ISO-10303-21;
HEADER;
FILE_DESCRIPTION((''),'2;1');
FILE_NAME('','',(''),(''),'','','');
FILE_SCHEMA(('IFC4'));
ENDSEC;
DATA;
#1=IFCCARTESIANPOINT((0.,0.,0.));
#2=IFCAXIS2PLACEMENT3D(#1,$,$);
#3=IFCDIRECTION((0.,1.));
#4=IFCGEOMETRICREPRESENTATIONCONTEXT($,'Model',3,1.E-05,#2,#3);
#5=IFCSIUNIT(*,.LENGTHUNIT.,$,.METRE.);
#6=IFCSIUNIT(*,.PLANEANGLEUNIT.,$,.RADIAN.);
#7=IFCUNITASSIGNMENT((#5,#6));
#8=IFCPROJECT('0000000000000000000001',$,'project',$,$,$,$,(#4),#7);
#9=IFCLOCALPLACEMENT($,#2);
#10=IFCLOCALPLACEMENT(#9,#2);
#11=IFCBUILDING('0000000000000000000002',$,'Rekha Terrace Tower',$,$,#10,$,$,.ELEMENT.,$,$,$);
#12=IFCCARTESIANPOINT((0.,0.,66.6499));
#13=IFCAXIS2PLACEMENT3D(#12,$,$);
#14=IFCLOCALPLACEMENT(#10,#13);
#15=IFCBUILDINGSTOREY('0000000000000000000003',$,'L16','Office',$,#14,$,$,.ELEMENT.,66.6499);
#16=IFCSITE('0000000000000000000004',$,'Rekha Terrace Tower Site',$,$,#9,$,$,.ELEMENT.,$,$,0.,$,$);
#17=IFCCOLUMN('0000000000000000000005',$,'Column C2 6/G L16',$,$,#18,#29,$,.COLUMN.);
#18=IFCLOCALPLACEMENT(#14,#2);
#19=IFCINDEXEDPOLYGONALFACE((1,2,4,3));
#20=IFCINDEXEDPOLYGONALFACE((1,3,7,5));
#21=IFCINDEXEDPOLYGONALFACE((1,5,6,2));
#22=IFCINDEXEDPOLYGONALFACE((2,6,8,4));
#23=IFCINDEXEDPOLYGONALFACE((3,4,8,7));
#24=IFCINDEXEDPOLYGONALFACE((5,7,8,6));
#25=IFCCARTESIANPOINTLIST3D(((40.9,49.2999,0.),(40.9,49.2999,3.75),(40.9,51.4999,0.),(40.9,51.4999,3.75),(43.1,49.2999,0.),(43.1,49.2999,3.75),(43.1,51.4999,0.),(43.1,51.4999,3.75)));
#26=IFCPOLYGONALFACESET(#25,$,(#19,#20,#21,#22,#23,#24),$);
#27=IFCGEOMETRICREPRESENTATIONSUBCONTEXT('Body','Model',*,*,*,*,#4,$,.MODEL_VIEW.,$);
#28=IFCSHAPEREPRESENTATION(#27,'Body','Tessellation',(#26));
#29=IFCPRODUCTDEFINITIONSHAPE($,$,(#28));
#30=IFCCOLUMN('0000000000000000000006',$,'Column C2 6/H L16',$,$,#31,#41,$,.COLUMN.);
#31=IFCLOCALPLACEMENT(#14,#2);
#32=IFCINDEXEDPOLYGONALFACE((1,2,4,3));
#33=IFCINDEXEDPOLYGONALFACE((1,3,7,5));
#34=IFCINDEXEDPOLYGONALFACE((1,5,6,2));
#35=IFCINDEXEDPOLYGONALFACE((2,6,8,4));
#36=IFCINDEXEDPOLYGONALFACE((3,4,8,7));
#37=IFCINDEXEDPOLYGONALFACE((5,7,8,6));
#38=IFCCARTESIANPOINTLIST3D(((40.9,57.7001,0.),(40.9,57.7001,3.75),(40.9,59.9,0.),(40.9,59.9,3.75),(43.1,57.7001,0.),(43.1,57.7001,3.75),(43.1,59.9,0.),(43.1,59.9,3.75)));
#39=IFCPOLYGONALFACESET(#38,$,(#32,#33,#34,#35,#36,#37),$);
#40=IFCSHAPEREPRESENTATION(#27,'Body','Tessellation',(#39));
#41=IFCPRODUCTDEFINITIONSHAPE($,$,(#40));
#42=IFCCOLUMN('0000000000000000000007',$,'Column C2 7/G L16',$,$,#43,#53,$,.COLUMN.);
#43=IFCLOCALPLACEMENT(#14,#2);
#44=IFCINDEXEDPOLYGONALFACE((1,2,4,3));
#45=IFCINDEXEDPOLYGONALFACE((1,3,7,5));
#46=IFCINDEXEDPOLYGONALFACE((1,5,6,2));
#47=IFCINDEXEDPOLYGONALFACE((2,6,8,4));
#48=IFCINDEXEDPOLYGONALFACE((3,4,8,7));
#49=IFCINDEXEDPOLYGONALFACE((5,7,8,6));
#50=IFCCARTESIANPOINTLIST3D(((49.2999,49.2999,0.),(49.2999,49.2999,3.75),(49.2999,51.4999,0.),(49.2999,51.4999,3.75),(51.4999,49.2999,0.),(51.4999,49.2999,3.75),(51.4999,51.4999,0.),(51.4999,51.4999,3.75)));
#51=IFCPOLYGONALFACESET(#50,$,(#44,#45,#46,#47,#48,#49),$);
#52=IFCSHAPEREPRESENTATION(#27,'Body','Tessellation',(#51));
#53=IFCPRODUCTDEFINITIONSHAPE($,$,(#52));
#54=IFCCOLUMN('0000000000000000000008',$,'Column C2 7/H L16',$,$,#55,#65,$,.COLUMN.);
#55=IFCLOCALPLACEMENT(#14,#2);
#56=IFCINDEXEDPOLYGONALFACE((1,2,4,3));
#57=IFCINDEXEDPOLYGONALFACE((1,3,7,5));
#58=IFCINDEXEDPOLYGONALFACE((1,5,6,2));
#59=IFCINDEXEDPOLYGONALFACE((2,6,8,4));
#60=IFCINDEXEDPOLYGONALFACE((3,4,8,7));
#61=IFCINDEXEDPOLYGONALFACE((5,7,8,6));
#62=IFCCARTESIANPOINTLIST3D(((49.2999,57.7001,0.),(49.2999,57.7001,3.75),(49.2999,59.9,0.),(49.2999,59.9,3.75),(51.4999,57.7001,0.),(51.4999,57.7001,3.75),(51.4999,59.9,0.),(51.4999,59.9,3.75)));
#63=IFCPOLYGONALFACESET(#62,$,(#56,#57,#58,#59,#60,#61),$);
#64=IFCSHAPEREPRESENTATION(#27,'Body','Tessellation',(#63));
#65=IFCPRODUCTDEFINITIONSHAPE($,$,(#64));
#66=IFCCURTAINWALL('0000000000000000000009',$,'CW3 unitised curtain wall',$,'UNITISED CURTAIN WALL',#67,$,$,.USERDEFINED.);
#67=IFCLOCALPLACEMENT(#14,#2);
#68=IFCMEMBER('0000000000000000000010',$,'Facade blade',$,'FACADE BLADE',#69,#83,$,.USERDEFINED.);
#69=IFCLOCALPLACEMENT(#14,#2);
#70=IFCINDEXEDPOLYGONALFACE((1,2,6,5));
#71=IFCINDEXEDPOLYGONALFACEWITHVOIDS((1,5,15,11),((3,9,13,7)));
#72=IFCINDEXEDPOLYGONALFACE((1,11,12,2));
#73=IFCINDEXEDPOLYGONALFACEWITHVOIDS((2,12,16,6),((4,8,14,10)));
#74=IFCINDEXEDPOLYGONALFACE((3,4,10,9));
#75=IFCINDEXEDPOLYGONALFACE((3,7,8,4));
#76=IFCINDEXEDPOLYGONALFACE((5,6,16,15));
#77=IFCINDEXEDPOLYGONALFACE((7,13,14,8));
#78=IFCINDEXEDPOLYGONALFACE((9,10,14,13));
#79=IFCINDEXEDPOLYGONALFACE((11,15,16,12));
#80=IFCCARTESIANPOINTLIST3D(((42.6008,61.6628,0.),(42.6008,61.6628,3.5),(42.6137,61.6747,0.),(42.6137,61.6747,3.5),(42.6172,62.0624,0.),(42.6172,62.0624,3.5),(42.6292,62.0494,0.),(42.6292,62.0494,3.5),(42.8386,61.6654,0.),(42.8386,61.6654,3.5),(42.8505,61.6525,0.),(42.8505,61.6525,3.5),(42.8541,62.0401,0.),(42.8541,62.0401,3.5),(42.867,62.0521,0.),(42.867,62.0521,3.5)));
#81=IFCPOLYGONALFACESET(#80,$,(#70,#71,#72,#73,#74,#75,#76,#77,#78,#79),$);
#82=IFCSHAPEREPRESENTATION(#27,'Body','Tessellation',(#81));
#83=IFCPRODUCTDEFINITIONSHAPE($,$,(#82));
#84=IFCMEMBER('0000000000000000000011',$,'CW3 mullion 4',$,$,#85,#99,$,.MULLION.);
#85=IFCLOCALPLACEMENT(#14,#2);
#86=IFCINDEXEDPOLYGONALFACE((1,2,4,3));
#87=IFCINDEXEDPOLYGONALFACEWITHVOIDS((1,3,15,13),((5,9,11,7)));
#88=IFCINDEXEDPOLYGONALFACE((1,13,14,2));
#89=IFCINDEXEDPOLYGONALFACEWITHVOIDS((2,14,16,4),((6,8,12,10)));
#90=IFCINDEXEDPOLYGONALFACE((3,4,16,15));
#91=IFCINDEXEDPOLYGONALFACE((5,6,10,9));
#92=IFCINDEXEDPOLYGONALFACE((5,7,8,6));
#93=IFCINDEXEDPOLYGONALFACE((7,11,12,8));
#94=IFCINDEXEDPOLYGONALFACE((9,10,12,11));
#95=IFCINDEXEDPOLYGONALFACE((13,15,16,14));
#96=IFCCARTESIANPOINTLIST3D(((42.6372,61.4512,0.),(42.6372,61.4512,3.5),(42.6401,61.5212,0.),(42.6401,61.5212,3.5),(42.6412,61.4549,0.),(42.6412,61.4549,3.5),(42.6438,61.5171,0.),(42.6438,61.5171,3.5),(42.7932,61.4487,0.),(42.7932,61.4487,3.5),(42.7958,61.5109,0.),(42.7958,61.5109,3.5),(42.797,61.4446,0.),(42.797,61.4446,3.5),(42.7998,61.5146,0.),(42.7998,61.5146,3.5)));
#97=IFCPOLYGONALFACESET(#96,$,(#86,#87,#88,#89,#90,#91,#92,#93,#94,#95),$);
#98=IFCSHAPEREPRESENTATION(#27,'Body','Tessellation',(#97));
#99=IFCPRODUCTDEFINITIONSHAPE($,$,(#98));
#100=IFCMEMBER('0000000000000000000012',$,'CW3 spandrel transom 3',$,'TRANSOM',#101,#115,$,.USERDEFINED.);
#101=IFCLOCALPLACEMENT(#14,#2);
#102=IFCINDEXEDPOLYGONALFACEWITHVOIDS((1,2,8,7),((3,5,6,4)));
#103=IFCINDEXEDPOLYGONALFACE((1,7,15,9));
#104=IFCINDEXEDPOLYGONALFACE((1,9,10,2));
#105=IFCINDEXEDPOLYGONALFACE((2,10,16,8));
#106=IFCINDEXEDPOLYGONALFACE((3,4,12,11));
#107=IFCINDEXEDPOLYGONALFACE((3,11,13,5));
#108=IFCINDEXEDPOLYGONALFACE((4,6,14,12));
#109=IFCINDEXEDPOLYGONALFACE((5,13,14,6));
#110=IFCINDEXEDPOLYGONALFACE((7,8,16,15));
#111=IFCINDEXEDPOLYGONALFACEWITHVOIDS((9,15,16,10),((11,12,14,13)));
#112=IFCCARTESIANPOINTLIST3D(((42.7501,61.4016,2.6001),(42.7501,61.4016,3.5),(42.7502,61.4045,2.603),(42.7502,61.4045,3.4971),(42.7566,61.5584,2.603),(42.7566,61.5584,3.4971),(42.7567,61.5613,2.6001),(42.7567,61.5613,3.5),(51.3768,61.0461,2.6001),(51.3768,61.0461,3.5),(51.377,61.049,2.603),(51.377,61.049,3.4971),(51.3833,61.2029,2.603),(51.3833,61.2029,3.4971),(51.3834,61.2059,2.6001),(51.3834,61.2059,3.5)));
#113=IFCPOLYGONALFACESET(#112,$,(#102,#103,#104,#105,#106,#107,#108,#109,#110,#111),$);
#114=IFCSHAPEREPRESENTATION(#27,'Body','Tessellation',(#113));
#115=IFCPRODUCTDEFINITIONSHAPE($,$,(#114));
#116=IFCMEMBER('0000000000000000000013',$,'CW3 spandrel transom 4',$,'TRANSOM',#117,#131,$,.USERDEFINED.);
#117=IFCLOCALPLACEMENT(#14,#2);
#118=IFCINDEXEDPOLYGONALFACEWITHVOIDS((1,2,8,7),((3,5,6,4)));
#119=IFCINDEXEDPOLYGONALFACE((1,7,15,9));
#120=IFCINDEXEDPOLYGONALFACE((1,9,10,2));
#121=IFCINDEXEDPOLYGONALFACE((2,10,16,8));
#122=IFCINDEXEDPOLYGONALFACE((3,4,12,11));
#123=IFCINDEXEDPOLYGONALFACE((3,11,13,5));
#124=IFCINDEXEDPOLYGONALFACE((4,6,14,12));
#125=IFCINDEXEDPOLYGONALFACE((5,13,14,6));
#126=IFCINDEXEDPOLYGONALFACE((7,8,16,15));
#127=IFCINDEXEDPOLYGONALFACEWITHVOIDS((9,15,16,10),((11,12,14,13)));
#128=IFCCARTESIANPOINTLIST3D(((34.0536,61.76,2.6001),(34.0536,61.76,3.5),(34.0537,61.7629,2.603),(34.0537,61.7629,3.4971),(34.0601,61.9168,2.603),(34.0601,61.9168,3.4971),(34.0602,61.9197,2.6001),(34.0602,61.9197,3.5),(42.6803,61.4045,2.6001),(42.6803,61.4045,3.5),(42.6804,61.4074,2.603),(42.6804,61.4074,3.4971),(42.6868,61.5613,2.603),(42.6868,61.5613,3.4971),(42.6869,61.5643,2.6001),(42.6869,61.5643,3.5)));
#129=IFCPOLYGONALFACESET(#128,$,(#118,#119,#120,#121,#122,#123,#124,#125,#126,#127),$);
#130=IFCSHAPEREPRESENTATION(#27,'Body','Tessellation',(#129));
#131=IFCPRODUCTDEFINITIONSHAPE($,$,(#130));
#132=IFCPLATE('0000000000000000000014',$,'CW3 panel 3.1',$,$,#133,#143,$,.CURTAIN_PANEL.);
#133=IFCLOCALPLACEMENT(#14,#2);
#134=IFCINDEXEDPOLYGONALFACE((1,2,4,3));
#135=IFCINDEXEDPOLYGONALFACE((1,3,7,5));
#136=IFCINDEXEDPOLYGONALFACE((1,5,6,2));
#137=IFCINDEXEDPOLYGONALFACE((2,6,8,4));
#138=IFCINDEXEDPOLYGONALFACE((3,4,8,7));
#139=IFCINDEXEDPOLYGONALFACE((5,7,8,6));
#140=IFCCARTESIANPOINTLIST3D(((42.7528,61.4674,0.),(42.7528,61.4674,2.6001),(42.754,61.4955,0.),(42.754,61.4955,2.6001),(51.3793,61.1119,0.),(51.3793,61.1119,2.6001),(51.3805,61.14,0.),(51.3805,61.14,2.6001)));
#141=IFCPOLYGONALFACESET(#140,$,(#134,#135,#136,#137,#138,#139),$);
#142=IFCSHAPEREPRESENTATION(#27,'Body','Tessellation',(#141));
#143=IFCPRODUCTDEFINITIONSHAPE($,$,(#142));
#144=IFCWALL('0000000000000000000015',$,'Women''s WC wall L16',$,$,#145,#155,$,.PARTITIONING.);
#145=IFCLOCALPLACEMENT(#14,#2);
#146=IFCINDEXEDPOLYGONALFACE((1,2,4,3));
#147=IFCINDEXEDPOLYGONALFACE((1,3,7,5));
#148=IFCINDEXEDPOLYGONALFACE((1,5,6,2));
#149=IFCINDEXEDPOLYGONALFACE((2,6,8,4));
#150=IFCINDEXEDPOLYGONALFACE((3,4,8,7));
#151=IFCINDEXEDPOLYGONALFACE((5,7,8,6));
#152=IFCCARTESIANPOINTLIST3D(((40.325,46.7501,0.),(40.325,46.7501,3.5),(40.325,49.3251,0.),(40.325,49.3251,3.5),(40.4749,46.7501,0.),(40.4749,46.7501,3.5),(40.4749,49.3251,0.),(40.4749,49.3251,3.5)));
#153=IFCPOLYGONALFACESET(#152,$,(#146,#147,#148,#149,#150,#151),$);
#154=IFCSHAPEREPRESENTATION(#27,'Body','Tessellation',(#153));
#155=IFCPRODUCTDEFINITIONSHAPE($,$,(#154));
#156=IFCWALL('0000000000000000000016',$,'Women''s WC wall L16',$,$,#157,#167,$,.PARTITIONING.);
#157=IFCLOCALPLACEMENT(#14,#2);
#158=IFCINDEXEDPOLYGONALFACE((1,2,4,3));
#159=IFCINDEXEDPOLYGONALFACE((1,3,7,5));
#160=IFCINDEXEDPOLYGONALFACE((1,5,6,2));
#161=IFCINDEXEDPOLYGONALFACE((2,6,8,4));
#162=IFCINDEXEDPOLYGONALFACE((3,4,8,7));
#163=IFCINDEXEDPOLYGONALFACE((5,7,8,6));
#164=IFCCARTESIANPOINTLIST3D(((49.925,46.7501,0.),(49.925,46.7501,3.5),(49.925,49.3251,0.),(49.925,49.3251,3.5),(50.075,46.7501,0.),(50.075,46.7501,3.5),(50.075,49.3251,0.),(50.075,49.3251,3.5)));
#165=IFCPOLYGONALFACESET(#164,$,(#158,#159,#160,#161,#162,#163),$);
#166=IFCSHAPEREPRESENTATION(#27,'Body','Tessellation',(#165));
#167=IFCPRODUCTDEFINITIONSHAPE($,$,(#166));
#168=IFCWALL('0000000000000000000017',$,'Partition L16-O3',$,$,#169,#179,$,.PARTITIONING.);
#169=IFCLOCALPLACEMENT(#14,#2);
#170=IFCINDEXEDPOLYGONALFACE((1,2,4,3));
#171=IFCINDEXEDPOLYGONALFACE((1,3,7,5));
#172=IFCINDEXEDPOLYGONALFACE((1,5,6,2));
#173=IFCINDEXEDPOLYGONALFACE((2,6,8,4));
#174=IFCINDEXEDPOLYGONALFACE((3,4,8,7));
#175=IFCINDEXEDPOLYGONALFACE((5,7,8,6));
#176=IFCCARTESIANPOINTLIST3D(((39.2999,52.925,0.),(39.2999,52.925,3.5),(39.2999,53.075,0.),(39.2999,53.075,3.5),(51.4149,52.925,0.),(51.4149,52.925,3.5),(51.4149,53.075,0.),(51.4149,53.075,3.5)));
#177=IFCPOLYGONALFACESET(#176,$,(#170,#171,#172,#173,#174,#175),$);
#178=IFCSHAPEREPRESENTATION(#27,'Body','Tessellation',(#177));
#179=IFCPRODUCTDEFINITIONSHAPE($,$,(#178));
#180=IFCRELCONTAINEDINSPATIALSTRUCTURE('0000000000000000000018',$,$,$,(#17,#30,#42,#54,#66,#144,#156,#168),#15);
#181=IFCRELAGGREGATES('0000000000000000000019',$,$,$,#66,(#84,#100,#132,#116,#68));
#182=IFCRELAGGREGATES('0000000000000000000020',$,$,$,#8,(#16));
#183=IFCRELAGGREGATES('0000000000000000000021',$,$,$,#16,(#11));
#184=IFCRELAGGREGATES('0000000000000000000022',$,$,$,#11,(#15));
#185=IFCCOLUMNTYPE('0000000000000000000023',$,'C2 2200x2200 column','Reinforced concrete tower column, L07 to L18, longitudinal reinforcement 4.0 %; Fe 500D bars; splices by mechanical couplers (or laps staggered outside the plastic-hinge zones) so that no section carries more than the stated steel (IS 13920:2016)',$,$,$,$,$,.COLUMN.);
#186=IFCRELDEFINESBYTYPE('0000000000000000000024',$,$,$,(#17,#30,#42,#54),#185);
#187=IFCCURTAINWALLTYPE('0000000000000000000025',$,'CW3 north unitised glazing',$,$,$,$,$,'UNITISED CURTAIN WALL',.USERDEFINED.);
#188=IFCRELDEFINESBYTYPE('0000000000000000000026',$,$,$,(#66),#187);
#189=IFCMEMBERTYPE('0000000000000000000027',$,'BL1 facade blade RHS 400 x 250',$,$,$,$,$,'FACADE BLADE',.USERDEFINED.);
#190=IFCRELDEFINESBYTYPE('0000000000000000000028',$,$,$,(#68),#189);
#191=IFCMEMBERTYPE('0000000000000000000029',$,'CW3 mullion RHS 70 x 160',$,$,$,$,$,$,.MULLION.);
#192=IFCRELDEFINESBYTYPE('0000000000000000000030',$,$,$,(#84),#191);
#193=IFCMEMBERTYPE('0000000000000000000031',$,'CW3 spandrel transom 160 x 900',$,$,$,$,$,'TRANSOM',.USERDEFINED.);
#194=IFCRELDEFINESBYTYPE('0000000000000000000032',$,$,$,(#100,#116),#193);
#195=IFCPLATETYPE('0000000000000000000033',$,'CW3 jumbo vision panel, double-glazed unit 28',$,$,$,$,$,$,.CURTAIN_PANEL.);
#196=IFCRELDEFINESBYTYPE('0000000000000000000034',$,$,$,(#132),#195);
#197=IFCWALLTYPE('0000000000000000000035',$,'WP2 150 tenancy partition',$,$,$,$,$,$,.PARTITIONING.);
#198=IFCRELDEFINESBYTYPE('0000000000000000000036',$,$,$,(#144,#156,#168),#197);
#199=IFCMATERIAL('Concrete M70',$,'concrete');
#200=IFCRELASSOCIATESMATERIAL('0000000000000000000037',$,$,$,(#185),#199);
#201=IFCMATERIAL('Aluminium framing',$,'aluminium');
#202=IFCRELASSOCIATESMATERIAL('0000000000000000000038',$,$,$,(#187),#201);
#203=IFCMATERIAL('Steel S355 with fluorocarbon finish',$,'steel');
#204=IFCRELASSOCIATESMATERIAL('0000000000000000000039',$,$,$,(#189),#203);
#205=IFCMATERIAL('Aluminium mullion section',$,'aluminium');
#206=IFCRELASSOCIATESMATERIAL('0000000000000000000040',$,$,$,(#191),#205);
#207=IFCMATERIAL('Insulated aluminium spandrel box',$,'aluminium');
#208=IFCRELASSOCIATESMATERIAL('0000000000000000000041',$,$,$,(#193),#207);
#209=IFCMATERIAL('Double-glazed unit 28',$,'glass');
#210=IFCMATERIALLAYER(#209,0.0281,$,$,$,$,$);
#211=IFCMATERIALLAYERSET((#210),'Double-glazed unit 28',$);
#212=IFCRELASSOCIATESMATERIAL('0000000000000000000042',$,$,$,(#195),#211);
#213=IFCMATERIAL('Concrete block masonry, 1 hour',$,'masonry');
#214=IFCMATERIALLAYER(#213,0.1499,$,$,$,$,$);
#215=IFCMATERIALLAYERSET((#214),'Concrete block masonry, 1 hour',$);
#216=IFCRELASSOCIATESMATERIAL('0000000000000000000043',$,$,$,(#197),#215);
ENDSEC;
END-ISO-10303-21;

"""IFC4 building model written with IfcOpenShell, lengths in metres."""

from ifc_helpers import new_model, si_unit, direction, frame, frame_2d, origin, origin_2d, place, context, subcontext, project, spatial, rectangle, hollow_rectangle, extrude, material, layer, layer_set, material_profile, profile_set, type_object, element, aggregate, save


model = new_model("IFC4")

# Units and contexts
model_context = context("Model", 3, precision=1e-05, world=origin(), true_north=direction((0.0, 1.0)))
body_context = subcontext(model_context, "Body", "Model", "MODEL_VIEW")
ifc_project = project(units=[si_unit("LENGTHUNIT", "METRE"), si_unit("PLANEANGLEUNIT", "RADIAN")], contexts=[model_context])

# Site, building, storey
site_placement = place(None, origin())
site = spatial("IfcSite", under=ifc_project, at=site_placement, Name="Rekha Terrace Tower Site", CompositionType="ELEMENT", RefElevation=0.0)
building_placement = place(site_placement, origin())
building = spatial("IfcBuilding", under=site, at=building_placement, Name="Rekha Terrace Tower", CompositionType="ELEMENT")
storey_placement = place(building_placement, frame((0.0, 0.0, 66.6499)))
storey = spatial("IfcBuildingStorey", under=building, at=storey_placement, Name="L16", Description="Office", CompositionType="ELEMENT", Elevation=66.6499)

# Columns
ifc_material_1 = material(Name="Concrete M70", Category="concrete")
ifc_material_profile_1 = material_profile(ifc_material_1, rectangle(XDim=2.2, YDim=2.2, at=origin_2d()), Name="RC 2200x2200")
ifc_profile_set_1 = profile_set([ifc_material_profile_1], Name="Concrete M70")
column_type = type_object("IfcColumnType", Name="C2 2200x2200 column", Description="Reinforced concrete tower column, L07 to L18, longitudinal reinforcement 4.0 %; Fe 500D bars; splices by mechanical couplers (or laps staggered outside the plastic-hinge zones) so that no section carries more than the stated steel (IS 13920:2016)", PredefinedType="COLUMN", material=ifc_profile_set_1)
for number, where, z_axis, x_axis, name in (
    (1, (42.0, 50.3999, 0.0), (0.0, 0.0, 1.0), (1.0, 0.0, 0.0), "Column C2 6/G L16"),
    (2, (42.0, 58.8, 0.0), (0.0, 0.0, 1.0), (1.0, 0.0, 0.0), "Column C2 6/H L16"),
    (3, (50.3999, 50.3999, 0.0), (0.0, 0.0, 1.0), (1.0, 0.0, 0.0), "Column C2 7/G L16"),
    (4, (50.3999, 58.8, 0.0), (0.0, 0.0, 1.0), (1.0, 0.0, 0.0), "Column C2 7/H L16"),
):
    element("IfcColumn", number, at=place(storey_placement, frame(where, z_axis=z_axis, x_axis=x_axis)), inside=storey, type_object=column_type, Name=name, PredefinedType="COLUMN", context=body_context, shape_type="SweptSolid", body=[
        extrude(rectangle(XDim=2.2, YDim=2.2, at=origin_2d()), origin(), (0.0, 0.0, 1.0), 3.75),
    ])

# Curtain wall, members, plate
ifc_material_2 = material(Name="Aluminium framing", Category="aluminium")
curtain_wall_type = type_object("IfcCurtainWallType", Name="CW3 north unitised glazing", ElementType="UNITISED CURTAIN WALL", PredefinedType="USERDEFINED", material=ifc_material_2)
curtain_wall_placement = place(storey_placement, origin())
curtain_wall = element("IfcCurtainWall", 5, at=curtain_wall_placement, inside=storey, type_object=curtain_wall_type, Name="CW3 unitised curtain wall", ObjectType="UNITISED CURTAIN WALL", PredefinedType="USERDEFINED")
ifc_material_3 = material(Name="Steel S355 with fluorocarbon finish", Category="steel")
ifc_material_profile_2 = material_profile(ifc_material_3, hollow_rectangle(XDim=0.25, YDim=0.3999, WallThickness=0.0125, at=origin_2d()), Name="RHS400x250x12.5")
ifc_profile_set_2 = profile_set([ifc_material_profile_2], Name="Steel S355 with fluorocarbon finish")
member_type_1 = type_object("IfcMemberType", Name="BL1 facade blade RHS 400 x 250", ElementType="FACADE BLADE", PredefinedType="USERDEFINED", material=ifc_profile_set_2)
member_1_placement = place(storey_placement, frame((42.7339, 61.8574, 0.0), z_axis=(0.0, 0.0, 1.0), x_axis=(-0.999152, 0.041175, 0.0)))
member_1 = element("IfcMember", 6, at=member_1_placement, type_object=member_type_1, Name="Facade blade", ObjectType="FACADE BLADE", PredefinedType="USERDEFINED", context=body_context, shape_type="SweptSolid", body=[
    extrude(hollow_rectangle(XDim=0.25, YDim=0.3999, WallThickness=0.0125, at=origin_2d()), origin(), (0.0, 0.0, 1.0), 3.5),
])
ifc_material_4 = material(Name="Aluminium mullion section", Category="aluminium")
ifc_material_profile_3 = material_profile(ifc_material_4, hollow_rectangle(XDim=0.0701, YDim=0.1599, WallThickness=0.0039, at=origin_2d()), Name="AL RHS 70x160")
ifc_profile_set_3 = profile_set([ifc_material_profile_3], Name="Aluminium mullion section")
member_type_2 = type_object("IfcMemberType", Name="CW3 mullion RHS 70 x 160", PredefinedType="MULLION", material=ifc_profile_set_3)
member_2_placement = place(storey_placement, frame((42.7185, 61.4829, 0.0), z_axis=(0.0, 0.0, 1.0), x_axis=(-0.041174, -0.999152, 0.0)))
member_2 = element("IfcMember", 7, at=member_2_placement, type_object=member_type_2, Name="CW3 mullion 4", PredefinedType="MULLION", context=body_context, shape_type="SweptSolid", body=[
    extrude(hollow_rectangle(XDim=0.0701, YDim=0.1599, WallThickness=0.0039, at=origin_2d()), origin(), (0.0, 0.0, 1.0), 3.5),
])
ifc_material_5 = material(Name="Insulated aluminium spandrel box", Category="aluminium")
ifc_material_profile_4 = material_profile(ifc_material_5, hollow_rectangle(XDim=0.1599, YDim=0.8999, WallThickness=0.0029, at=origin_2d()), Name="AL SPANDREL BOX 160x900")
ifc_profile_set_4 = profile_set([ifc_material_profile_4], Name="Insulated aluminium spandrel box")
member_type_3 = type_object("IfcMemberType", Name="CW3 spandrel transom 160 x 900", ElementType="TRANSOM", PredefinedType="USERDEFINED", material=ifc_profile_set_4)
member_3_placement = place(storey_placement, frame((51.3801, 61.126, 3.05), z_axis=(-0.999152, 0.041171, 0.0), x_axis=(-0.041171, -0.999152, 0.0)))
member_3 = element("IfcMember", 8, at=member_3_placement, type_object=member_type_3, Name="CW3 spandrel transom 3", ObjectType="TRANSOM", PredefinedType="USERDEFINED", context=body_context, shape_type="SweptSolid", body=[
    extrude(hollow_rectangle(XDim=0.1599, YDim=0.8999, WallThickness=0.0029, at=origin_2d()), origin(), (0.0, 0.0, 1.0), 8.634),
])
member_4_placement = place(storey_placement, frame((42.6836, 61.4844, 3.05), z_axis=(-0.999152, 0.041171, 0.0), x_axis=(-0.041171, -0.999152, 0.0)))
member_4 = element("IfcMember", 9, at=member_4_placement, type_object=member_type_3, Name="CW3 spandrel transom 4", ObjectType="TRANSOM", PredefinedType="USERDEFINED", context=body_context, shape_type="SweptSolid", body=[
    extrude(hollow_rectangle(XDim=0.1599, YDim=0.8999, WallThickness=0.0029, at=origin_2d()), origin(), (0.0, 0.0, 1.0), 8.634),
])
ifc_material_6 = material(Name="Double-glazed unit 28", Category="glass")
ifc_layer_1 = layer(ifc_material_6, 0.0281)
ifc_layer_set_1 = layer_set([ifc_layer_1], Name="Double-glazed unit 28")
plate_type = type_object("IfcPlateType", Name="CW3 jumbo vision panel, double-glazed unit 28", PredefinedType="CURTAIN_PANEL", material=ifc_layer_set_1)
plate_placement = place(storey_placement, frame((47.0667, 61.3037, 0.0), z_axis=(0.0, 0.0, 1.0), x_axis=(-0.999152, 0.041174, 0.0)))
plate = element("IfcPlate", 10, at=plate_placement, type_object=plate_type, Name="CW3 panel 3.1", PredefinedType="CURTAIN_PANEL", context=body_context, shape_type="SweptSolid", body=[
    extrude(rectangle(XDim=8.6338, YDim=0.0281, at=origin_2d()), origin(), (0.0, 0.0, 1.0), 2.6001),
])
aggregate(curtain_wall, [member_2, member_3, plate, member_4, member_1])

# Walls
ifc_material_7 = material(Name="Concrete block masonry, 1 hour", Category="masonry")
ifc_layer_2 = layer(ifc_material_7, 0.1499)
ifc_layer_set_2 = layer_set([ifc_layer_2], Name="Concrete block masonry, 1 hour")
wall_type_1 = type_object("IfcWallType", Name="WP2 150 tenancy partition", PredefinedType="PARTITIONING", material=ifc_layer_set_2)
for number, where, z_axis, x_axis, name in (
    (11, (40.3999, 46.75, 0.0), (0.0, 0.0, 1.0), (0.0, 1.0, 0.0), "Women's WC wall L16"),
    (12, (50.0, 46.75, 0.0), (0.0, 0.0, 1.0), (0.0, 1.0, 0.0), "Women's WC wall L16"),
):
    element("IfcWall", number, at=place(storey_placement, frame(where, z_axis=z_axis, x_axis=x_axis)), inside=storey, type_object=wall_type_1, Name=name, PredefinedType="PARTITIONING", context=body_context, shape_type="SweptSolid", body=[
        extrude(rectangle(XDim=2.575, YDim=0.1499, at=frame_2d((1.2876, 0.0))), origin(), (0.0, 0.0, 1.0), 3.5),
    ])
wall_1_placement = place(storey_placement, frame((51.415, 53.0, 0.0), z_axis=(0.0, 0.0, 1.0), x_axis=(-1.0, 0.0, 0.0)))
element("IfcWall", 13, at=wall_1_placement, inside=storey, type_object=wall_type_1, Name="Partition L16-O3", PredefinedType="PARTITIONING", context=body_context, shape_type="SweptSolid", body=[
    extrude(rectangle(XDim=12.115, YDim=0.1499, at=frame_2d((6.0576, 0.0))), origin(), (0.0, 0.0, 1.0), 3.5),
])

save(model, "model.ifc")
